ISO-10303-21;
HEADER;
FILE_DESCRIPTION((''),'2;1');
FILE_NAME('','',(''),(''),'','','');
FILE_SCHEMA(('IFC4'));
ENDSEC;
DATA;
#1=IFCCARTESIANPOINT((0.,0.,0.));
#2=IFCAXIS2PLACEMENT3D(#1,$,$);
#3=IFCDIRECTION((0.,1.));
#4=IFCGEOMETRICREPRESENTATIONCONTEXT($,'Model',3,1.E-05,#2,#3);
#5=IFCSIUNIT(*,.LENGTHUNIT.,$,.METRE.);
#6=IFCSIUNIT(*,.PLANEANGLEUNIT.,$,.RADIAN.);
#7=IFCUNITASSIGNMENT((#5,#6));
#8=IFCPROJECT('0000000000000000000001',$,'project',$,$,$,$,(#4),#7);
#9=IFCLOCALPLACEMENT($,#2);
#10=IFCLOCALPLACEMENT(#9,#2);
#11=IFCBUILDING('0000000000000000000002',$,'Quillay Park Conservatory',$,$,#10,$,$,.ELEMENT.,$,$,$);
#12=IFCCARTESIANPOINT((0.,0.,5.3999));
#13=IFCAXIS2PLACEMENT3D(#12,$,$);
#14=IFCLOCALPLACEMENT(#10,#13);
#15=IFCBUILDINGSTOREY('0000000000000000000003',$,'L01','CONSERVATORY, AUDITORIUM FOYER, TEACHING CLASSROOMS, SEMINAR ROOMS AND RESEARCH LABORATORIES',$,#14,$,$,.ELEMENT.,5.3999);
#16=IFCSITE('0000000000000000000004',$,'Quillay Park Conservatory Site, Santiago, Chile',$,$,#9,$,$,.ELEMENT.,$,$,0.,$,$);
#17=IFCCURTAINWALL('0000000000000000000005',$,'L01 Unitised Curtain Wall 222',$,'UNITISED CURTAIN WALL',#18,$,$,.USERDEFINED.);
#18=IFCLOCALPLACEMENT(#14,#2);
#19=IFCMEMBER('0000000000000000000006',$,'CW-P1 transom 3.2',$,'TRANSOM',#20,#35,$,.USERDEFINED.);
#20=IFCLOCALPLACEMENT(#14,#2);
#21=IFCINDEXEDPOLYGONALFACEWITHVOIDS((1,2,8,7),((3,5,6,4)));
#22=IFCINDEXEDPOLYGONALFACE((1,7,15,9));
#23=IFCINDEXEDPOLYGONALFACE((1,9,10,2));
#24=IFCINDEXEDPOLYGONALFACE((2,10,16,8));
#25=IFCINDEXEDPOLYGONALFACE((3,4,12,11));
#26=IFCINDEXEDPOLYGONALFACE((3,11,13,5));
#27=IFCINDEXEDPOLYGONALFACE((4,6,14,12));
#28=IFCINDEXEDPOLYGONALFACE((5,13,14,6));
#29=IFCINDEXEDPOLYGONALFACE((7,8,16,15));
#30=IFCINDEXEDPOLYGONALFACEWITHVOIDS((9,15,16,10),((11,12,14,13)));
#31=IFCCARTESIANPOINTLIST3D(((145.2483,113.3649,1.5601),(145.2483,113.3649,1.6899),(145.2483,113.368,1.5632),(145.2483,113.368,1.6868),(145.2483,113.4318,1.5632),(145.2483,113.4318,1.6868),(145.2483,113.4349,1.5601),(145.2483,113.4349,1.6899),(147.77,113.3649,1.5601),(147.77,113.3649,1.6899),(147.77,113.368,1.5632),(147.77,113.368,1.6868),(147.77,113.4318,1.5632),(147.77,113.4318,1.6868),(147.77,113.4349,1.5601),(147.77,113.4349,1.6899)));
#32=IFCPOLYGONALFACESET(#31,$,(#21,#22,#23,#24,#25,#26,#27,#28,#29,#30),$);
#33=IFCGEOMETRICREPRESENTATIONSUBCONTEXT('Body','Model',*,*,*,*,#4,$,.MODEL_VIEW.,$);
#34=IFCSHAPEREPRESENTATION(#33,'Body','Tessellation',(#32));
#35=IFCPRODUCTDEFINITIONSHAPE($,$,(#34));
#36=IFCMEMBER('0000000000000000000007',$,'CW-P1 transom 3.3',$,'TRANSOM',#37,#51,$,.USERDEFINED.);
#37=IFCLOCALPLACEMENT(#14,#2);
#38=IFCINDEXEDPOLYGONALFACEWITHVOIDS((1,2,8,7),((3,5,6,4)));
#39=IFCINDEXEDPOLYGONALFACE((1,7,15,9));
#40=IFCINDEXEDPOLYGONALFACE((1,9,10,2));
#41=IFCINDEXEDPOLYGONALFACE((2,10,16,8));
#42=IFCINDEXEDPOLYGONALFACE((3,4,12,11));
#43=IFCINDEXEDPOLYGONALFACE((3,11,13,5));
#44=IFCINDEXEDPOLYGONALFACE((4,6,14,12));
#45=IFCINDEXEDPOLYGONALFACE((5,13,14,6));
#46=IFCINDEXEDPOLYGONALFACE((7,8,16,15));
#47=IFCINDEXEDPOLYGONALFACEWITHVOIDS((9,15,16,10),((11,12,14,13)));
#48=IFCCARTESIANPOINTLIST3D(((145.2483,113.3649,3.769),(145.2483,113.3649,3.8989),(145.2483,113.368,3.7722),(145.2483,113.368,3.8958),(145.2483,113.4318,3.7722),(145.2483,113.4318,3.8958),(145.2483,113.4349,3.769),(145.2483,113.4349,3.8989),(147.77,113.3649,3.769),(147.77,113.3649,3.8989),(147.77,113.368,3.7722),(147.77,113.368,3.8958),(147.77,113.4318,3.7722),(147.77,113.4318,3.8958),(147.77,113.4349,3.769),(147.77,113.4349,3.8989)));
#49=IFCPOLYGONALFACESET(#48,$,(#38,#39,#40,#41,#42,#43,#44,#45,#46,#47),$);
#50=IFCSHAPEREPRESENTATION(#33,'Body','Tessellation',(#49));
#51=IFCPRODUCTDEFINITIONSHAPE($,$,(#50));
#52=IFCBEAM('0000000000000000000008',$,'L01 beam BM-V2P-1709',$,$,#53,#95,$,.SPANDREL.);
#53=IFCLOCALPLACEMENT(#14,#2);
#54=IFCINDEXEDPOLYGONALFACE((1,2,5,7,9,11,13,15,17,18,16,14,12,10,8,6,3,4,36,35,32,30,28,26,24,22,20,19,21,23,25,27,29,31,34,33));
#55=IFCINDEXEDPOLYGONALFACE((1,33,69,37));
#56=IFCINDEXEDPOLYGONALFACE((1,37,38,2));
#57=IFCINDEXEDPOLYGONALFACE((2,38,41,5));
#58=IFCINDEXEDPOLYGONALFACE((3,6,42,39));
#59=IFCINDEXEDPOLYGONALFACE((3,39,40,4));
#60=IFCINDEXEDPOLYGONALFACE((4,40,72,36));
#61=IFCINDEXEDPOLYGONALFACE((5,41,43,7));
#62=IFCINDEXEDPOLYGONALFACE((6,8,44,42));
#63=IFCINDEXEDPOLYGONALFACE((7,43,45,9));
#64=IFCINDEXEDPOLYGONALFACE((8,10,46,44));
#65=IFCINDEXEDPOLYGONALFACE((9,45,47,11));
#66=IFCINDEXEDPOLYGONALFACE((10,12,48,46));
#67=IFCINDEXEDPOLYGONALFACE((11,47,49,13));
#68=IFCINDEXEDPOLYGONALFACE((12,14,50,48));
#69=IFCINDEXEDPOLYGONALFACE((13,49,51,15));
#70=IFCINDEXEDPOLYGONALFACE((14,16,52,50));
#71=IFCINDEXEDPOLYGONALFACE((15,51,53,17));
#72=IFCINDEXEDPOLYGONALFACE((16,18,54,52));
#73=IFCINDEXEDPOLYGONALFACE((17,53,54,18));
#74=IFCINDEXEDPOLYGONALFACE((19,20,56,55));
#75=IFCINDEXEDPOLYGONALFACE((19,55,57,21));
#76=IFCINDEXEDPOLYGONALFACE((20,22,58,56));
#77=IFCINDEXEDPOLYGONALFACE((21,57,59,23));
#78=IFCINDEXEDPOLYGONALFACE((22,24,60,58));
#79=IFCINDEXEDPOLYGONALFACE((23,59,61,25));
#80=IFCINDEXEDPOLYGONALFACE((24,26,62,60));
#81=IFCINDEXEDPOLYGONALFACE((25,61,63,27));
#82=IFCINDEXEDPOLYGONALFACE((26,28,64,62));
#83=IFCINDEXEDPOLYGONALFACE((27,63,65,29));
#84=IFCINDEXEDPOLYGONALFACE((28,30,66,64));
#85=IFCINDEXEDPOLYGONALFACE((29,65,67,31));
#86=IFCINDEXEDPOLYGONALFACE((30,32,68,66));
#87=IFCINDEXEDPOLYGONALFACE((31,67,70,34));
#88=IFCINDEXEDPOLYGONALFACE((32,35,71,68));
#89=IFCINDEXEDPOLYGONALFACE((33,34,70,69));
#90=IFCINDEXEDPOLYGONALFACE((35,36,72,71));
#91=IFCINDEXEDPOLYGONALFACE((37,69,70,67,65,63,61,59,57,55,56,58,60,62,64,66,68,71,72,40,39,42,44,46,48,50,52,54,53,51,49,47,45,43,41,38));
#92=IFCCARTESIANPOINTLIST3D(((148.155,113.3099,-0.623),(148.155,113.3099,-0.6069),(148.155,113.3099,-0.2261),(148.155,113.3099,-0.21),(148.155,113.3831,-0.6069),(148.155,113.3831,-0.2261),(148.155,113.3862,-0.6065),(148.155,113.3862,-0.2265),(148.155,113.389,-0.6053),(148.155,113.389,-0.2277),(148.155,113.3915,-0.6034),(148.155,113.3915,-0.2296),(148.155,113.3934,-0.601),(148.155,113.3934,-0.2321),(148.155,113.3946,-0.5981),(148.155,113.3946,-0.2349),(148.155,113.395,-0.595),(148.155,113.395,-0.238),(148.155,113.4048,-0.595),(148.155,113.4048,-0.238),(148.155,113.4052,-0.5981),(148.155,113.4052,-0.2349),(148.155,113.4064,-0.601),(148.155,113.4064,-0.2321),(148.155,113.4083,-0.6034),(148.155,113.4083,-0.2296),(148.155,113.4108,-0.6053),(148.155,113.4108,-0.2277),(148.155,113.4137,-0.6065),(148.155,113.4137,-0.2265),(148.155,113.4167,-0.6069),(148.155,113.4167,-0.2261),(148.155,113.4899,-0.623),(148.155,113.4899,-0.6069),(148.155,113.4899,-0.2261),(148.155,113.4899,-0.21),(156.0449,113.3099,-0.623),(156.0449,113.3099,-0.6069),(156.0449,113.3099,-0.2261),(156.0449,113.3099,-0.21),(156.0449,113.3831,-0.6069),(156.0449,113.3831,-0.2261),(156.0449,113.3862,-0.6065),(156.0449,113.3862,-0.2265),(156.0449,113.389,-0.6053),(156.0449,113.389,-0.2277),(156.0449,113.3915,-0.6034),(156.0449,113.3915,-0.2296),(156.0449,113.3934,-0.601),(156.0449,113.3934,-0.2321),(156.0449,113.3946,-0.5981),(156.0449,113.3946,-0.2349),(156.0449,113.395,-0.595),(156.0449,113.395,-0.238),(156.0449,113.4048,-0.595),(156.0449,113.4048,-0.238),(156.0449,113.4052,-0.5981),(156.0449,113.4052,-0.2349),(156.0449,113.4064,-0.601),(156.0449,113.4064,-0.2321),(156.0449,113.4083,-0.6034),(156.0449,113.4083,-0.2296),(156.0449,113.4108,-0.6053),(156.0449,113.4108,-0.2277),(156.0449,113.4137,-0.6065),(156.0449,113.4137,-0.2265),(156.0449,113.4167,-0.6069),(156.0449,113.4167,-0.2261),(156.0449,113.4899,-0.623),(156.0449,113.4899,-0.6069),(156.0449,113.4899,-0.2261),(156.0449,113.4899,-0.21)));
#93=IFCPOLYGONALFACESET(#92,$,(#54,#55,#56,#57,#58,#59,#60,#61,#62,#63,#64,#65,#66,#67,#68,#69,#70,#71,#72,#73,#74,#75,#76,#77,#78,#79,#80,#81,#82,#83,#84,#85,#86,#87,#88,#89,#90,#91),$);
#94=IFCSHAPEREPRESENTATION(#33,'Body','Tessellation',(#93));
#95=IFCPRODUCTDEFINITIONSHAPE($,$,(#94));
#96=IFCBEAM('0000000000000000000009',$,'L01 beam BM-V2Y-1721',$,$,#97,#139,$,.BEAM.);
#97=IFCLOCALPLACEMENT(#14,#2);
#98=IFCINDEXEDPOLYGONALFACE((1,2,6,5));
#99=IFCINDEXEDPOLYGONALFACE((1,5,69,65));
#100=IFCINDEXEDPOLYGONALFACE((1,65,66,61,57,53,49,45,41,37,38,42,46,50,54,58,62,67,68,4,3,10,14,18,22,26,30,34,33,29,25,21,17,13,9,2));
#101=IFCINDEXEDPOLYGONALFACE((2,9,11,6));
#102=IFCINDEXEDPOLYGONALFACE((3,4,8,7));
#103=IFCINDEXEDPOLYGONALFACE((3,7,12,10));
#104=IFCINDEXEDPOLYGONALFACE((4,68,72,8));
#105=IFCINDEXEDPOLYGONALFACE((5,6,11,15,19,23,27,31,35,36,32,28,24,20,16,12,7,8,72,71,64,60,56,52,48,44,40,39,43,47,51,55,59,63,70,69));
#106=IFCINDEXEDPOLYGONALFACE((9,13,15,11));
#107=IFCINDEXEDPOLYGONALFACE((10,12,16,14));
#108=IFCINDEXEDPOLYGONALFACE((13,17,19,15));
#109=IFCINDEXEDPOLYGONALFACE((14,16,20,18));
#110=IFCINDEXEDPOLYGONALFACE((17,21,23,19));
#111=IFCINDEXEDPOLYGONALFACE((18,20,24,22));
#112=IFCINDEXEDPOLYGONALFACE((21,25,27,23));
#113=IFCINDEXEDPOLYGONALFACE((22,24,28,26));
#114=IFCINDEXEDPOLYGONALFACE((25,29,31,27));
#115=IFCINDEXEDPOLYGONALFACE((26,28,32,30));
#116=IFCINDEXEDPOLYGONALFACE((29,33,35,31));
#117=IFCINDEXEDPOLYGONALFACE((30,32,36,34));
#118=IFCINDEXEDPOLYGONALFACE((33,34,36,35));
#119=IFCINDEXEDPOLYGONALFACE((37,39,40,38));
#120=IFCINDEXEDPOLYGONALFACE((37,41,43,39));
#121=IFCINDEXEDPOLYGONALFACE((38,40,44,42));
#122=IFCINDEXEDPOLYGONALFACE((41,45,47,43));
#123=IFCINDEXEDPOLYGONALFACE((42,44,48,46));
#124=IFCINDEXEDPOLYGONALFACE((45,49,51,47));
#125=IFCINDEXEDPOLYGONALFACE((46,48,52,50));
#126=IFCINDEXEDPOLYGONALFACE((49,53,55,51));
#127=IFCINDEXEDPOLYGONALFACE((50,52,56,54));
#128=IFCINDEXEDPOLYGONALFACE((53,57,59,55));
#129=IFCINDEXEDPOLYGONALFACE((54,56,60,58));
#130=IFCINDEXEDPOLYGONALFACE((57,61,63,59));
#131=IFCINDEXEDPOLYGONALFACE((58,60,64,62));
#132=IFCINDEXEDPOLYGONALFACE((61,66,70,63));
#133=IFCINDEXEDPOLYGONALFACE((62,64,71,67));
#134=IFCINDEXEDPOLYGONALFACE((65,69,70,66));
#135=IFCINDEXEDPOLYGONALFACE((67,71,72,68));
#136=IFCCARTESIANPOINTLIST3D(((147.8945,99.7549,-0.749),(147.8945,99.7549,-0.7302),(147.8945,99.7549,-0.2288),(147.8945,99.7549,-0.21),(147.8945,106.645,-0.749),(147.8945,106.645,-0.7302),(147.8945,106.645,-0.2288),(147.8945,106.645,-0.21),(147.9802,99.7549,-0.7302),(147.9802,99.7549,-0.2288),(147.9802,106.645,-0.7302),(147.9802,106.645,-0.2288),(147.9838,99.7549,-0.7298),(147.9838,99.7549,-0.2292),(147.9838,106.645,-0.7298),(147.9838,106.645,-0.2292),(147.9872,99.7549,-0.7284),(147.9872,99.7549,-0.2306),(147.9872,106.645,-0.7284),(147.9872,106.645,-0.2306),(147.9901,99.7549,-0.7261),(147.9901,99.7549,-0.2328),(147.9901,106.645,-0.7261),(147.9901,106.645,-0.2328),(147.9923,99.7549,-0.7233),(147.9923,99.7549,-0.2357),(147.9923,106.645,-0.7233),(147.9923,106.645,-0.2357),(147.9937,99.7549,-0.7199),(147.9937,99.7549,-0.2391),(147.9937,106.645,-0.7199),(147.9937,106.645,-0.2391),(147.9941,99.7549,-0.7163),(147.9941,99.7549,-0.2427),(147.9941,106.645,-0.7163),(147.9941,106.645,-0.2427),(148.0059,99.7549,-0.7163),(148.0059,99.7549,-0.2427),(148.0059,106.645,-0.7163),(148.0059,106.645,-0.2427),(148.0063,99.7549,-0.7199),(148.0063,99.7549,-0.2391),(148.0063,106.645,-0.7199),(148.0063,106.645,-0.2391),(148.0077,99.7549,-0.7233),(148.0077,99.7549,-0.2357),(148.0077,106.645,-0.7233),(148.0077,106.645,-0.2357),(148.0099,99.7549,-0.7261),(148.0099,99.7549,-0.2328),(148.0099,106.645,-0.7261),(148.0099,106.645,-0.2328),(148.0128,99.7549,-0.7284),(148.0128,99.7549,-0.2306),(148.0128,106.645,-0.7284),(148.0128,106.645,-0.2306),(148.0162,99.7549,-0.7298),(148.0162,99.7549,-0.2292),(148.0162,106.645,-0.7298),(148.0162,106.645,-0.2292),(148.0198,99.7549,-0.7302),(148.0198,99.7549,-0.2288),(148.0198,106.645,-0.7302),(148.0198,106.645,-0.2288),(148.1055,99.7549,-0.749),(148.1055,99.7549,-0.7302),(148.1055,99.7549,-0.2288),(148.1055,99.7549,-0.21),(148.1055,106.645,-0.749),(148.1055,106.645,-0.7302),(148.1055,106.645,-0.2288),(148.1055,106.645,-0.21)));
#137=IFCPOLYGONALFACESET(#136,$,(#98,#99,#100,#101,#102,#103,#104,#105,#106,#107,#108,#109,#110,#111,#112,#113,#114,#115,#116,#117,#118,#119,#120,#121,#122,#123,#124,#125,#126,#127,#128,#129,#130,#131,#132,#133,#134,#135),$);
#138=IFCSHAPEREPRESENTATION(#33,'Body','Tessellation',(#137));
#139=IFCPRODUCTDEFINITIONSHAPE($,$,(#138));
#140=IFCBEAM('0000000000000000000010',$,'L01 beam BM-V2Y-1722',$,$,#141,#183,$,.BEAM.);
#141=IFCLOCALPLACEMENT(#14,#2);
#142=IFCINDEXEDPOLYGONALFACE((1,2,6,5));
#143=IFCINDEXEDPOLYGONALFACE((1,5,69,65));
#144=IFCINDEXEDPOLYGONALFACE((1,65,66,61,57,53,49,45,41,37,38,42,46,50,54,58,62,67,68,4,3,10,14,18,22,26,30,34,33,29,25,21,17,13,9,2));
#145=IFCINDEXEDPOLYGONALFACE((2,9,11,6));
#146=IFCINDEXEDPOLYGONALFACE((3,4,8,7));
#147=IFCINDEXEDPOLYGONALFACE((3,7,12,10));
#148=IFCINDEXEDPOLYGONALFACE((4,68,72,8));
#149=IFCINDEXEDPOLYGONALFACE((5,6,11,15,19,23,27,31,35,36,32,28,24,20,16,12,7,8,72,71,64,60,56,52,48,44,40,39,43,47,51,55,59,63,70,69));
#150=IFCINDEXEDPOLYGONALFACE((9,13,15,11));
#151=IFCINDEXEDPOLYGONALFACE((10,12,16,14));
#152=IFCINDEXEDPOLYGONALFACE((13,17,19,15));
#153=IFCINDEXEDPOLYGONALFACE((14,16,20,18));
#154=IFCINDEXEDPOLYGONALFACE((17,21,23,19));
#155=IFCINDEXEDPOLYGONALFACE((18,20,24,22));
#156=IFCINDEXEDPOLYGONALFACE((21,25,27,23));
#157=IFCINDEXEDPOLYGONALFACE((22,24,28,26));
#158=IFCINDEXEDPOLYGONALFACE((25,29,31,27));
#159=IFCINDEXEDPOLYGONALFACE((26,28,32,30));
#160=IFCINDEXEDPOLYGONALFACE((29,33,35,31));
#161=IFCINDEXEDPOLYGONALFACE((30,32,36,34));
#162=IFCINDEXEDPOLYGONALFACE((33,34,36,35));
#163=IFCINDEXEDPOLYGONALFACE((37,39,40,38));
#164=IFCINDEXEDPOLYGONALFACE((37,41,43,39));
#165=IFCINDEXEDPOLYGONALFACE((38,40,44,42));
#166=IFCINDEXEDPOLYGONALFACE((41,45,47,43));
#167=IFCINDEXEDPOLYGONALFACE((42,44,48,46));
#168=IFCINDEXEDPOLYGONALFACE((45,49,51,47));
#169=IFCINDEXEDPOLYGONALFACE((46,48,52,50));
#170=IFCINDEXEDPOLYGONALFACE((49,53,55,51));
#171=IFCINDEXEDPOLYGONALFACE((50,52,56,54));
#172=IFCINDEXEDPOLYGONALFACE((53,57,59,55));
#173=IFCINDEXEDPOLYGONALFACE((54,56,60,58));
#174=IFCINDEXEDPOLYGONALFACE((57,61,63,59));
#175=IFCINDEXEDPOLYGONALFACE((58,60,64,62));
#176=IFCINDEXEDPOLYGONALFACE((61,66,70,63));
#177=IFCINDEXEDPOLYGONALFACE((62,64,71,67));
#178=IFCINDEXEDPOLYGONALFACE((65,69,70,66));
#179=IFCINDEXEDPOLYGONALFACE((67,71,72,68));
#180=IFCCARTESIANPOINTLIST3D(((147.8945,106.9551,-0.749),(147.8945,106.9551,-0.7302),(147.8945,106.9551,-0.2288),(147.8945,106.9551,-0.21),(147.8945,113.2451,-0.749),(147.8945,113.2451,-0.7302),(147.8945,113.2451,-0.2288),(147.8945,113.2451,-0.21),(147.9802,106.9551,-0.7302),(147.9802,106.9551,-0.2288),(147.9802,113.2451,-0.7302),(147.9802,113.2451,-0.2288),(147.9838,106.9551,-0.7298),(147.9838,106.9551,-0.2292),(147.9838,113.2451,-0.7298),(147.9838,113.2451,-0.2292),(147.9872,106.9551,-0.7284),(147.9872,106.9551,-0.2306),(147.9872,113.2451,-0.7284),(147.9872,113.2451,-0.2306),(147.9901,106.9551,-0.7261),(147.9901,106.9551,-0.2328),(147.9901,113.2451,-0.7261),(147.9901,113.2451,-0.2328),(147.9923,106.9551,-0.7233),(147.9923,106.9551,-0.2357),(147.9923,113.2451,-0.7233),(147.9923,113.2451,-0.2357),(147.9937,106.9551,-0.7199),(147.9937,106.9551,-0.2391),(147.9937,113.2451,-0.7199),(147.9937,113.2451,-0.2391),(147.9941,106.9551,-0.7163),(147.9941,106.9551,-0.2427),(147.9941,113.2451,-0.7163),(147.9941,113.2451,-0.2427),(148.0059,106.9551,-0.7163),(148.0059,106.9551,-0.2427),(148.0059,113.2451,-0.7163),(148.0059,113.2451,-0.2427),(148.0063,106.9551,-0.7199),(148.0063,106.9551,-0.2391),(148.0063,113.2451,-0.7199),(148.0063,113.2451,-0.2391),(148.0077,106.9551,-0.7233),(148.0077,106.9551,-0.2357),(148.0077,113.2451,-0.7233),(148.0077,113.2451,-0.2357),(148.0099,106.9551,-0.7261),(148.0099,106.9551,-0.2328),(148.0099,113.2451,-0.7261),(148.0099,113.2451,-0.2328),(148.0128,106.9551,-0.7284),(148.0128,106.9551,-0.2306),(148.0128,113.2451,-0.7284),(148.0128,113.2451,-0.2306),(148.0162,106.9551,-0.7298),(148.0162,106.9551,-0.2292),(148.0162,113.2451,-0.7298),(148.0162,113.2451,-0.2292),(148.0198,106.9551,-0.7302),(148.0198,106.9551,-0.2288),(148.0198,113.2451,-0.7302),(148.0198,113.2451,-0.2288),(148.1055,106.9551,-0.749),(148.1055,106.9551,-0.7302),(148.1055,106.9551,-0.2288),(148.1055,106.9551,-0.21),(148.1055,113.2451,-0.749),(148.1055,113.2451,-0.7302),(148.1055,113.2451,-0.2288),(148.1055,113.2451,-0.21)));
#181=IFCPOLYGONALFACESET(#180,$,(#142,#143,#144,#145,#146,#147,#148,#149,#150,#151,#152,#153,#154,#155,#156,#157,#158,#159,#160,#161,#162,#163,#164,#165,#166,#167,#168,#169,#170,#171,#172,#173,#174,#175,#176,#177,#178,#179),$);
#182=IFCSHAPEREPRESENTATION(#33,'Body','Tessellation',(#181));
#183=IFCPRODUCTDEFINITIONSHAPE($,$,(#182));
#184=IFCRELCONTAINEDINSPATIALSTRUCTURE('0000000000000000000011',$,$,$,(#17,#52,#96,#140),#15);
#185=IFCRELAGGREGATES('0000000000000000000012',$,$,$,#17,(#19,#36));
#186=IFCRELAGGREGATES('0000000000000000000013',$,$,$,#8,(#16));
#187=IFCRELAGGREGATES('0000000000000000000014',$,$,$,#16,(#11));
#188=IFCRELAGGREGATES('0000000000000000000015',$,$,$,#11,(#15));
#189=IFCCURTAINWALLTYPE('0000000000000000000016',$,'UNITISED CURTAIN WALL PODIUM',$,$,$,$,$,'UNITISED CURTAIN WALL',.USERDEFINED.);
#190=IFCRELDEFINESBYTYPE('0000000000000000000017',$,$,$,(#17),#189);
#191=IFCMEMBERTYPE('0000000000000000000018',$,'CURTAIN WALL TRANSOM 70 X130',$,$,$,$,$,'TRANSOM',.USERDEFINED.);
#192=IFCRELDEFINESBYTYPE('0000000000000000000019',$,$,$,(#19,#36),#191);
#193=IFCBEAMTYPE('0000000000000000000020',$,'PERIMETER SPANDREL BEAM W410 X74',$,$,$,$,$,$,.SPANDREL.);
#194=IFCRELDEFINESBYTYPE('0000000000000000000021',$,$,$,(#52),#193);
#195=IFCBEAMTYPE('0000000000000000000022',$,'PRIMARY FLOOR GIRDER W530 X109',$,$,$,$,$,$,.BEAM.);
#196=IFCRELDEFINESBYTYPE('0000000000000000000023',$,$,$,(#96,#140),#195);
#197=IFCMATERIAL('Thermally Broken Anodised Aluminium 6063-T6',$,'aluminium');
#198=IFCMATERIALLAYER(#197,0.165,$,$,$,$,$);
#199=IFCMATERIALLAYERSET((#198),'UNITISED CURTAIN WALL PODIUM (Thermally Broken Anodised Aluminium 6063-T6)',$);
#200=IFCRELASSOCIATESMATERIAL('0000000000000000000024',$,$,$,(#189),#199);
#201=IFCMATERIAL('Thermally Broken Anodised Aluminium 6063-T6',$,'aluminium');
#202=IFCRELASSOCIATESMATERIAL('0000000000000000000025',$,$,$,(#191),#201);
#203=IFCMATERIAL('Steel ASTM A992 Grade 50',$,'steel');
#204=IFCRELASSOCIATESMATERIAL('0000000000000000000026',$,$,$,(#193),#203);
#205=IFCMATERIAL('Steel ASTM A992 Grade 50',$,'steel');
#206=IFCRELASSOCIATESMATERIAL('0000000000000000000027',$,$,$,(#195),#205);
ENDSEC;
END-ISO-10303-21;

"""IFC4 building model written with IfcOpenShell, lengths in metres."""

from ifc_helpers import new_model, si_unit, direction, frame, origin, origin_2d, place, context, subcontext, project, spatial, hollow_rectangle, i_section, extrude, material, layer, layer_set, material_profile, profile_set, type_object, element, aggregate, save


model = new_model("IFC4")

# Units and contexts
model_context = context("Model", 3, precision=1e-05, world=origin(), true_north=direction((0.0, 1.0)))
body_context = subcontext(model_context, "Body", "Model", "MODEL_VIEW")
ifc_project = project(units=[si_unit("LENGTHUNIT", "METRE"), si_unit("PLANEANGLEUNIT", "RADIAN")], contexts=[model_context])

# Site, building, storey
site_placement = place(None, origin())
site = spatial("IfcSite", under=ifc_project, at=site_placement, Name="Quillay Park Conservatory Site, Santiago, Chile", CompositionType="ELEMENT", RefElevation=0.0)
building_placement = place(site_placement, origin())
building = spatial("IfcBuilding", under=site, at=building_placement, Name="Quillay Park Conservatory", CompositionType="ELEMENT")
storey_placement = place(building_placement, frame((0.0, 0.0, 5.3999)))
storey = spatial("IfcBuildingStorey", under=building, at=storey_placement, Name="L01", Description="CONSERVATORY, AUDITORIUM FOYER, TEACHING CLASSROOMS, SEMINAR ROOMS AND RESEARCH LABORATORIES", CompositionType="ELEMENT", Elevation=5.3999)

# Curtain wall, members
ifc_material_1 = material(Name="Thermally Broken Anodised Aluminium 6063-T6", Category="aluminium")
ifc_layer_1 = layer(ifc_material_1, 0.165)
ifc_layer_set_1 = layer_set([ifc_layer_1], Name="UNITISED CURTAIN WALL PODIUM (Thermally Broken Anodised Aluminium 6063-T6)")
curtain_wall_type = type_object("IfcCurtainWallType", Name="UNITISED CURTAIN WALL PODIUM", ElementType="UNITISED CURTAIN WALL", PredefinedType="USERDEFINED", material=ifc_layer_set_1)
curtain_wall_placement = place(storey_placement, origin())
curtain_wall = element("IfcCurtainWall", 1, at=curtain_wall_placement, inside=storey, type_object=curtain_wall_type, Name="L01 Unitised Curtain Wall 222", ObjectType="UNITISED CURTAIN WALL", PredefinedType="USERDEFINED")
ifc_material_2 = material(Name="Thermally Broken Anodised Aluminium 6063-T6", Category="aluminium")
ifc_material_profile_1 = material_profile(ifc_material_2, hollow_rectangle(XDim=0.0701, YDim=0.1299, WallThickness=0.0032, at=origin_2d()), Name="AL70x130x3.2")
ifc_profile_set_1 = profile_set([ifc_material_profile_1], Name="Thermally Broken Anodised Aluminium 6063-T6")
member_type_1 = type_object("IfcMemberType", Name="CURTAIN WALL TRANSOM 70 X130", ElementType="TRANSOM", PredefinedType="USERDEFINED", material=ifc_profile_set_1)
member_1_placement = place(storey_placement, frame((145.2483, 113.3999, 1.625), z_axis=(1.0, 0.0, 0.0), x_axis=(0.0, 1.0, 0.0)))
member_1 = element("IfcMember", 2, at=member_1_placement, type_object=member_type_1, Name="CW-P1 transom 3.2", ObjectType="TRANSOM", PredefinedType="USERDEFINED", context=body_context, shape_type="SweptSolid", body=[
    extrude(hollow_rectangle(XDim=0.0701, YDim=0.1299, WallThickness=0.0032, at=origin_2d()), origin(), (0.0, 0.0, 1.0), 2.5217),
])
member_2_placement = place(storey_placement, frame((145.2483, 113.3999, 3.834), z_axis=(1.0, 0.0, 0.0), x_axis=(0.0, 1.0, 0.0)))
member_2 = element("IfcMember", 3, at=member_2_placement, type_object=member_type_1, Name="CW-P1 transom 3.3", ObjectType="TRANSOM", PredefinedType="USERDEFINED", context=body_context, shape_type="SweptSolid", body=[
    extrude(hollow_rectangle(XDim=0.0701, YDim=0.1299, WallThickness=0.0032, at=origin_2d()), origin(), (0.0, 0.0, 1.0), 2.5217),
])

# Beams
ifc_material_3 = material(Name="Steel ASTM A992 Grade 50", Category="steel")
ifc_material_profile_2 = material_profile(ifc_material_3, i_section(OverallWidth=0.1799, OverallDepth=0.4131, WebThickness=0.0098, FlangeThickness=0.0161, FilletRadius=0.012, at=origin_2d()), Name="W410x74")
ifc_profile_set_2 = profile_set([ifc_material_profile_2], Name="Steel ASTM A992 Grade 50")
beam_type_1 = type_object("IfcBeamType", Name="PERIMETER SPANDREL BEAM W410 X74", PredefinedType="SPANDREL", material=ifc_profile_set_2)
beam_1_placement = place(storey_placement, frame((148.155, 113.3999, -0.4165), z_axis=(1.0, 0.0, 0.0), x_axis=(0.0, 1.0, 0.0)))
element("IfcBeam", 4, at=beam_1_placement, inside=storey, type_object=beam_type_1, Name="L01 beam BM-V2P-1709", PredefinedType="SPANDREL", context=body_context, shape_type="SweptSolid", body=[
    extrude(i_section(OverallWidth=0.1799, OverallDepth=0.4131, WebThickness=0.0098, FlangeThickness=0.0161, FilletRadius=0.012, at=origin_2d()), origin(), (0.0, 0.0, 1.0), 7.8899),
])
ifc_material_4 = material(Name="Steel ASTM A992 Grade 50", Category="steel")
ifc_material_profile_3 = material_profile(ifc_material_4, i_section(OverallWidth=0.2109, OverallDepth=0.5391, WebThickness=0.0117, FlangeThickness=0.0188, FilletRadius=0.0139, at=origin_2d()), Name="W530x109")
ifc_profile_set_3 = profile_set([ifc_material_profile_3], Name="Steel ASTM A992 Grade 50")
beam_type_2 = type_object("IfcBeamType", Name="PRIMARY FLOOR GIRDER W530 X109", PredefinedType="BEAM", material=ifc_profile_set_3)
beam_2_placement = place(storey_placement, frame((148.0, 99.7549, -0.4795), z_axis=(0.0, 1.0, 0.0), x_axis=(-1.0, 0.0, 0.0)))
element("IfcBeam", 5, at=beam_2_placement, inside=storey, type_object=beam_type_2, Name="L01 beam BM-V2Y-1721", PredefinedType="BEAM", context=body_context, shape_type="SweptSolid", body=[
    extrude(i_section(OverallWidth=0.2109, OverallDepth=0.5391, WebThickness=0.0117, FlangeThickness=0.0188, FilletRadius=0.0139, at=origin_2d()), origin(), (0.0, 0.0, 1.0), 6.8901),
])
beam_3_placement = place(storey_placement, frame((148.0, 106.9551, -0.4795), z_axis=(0.0, 1.0, 0.0), x_axis=(-1.0, 0.0, 0.0)))
element("IfcBeam", 6, at=beam_3_placement, inside=storey, type_object=beam_type_2, Name="L01 beam BM-V2Y-1722", PredefinedType="BEAM", context=body_context, shape_type="SweptSolid", body=[
    extrude(i_section(OverallWidth=0.2109, OverallDepth=0.5391, WebThickness=0.0117, FlangeThickness=0.0188, FilletRadius=0.0139, at=origin_2d()), origin(), (0.0, 0.0, 1.0), 6.29),
])

aggregate(curtain_wall, [member_1, member_2])

save(model, "model.ifc")
